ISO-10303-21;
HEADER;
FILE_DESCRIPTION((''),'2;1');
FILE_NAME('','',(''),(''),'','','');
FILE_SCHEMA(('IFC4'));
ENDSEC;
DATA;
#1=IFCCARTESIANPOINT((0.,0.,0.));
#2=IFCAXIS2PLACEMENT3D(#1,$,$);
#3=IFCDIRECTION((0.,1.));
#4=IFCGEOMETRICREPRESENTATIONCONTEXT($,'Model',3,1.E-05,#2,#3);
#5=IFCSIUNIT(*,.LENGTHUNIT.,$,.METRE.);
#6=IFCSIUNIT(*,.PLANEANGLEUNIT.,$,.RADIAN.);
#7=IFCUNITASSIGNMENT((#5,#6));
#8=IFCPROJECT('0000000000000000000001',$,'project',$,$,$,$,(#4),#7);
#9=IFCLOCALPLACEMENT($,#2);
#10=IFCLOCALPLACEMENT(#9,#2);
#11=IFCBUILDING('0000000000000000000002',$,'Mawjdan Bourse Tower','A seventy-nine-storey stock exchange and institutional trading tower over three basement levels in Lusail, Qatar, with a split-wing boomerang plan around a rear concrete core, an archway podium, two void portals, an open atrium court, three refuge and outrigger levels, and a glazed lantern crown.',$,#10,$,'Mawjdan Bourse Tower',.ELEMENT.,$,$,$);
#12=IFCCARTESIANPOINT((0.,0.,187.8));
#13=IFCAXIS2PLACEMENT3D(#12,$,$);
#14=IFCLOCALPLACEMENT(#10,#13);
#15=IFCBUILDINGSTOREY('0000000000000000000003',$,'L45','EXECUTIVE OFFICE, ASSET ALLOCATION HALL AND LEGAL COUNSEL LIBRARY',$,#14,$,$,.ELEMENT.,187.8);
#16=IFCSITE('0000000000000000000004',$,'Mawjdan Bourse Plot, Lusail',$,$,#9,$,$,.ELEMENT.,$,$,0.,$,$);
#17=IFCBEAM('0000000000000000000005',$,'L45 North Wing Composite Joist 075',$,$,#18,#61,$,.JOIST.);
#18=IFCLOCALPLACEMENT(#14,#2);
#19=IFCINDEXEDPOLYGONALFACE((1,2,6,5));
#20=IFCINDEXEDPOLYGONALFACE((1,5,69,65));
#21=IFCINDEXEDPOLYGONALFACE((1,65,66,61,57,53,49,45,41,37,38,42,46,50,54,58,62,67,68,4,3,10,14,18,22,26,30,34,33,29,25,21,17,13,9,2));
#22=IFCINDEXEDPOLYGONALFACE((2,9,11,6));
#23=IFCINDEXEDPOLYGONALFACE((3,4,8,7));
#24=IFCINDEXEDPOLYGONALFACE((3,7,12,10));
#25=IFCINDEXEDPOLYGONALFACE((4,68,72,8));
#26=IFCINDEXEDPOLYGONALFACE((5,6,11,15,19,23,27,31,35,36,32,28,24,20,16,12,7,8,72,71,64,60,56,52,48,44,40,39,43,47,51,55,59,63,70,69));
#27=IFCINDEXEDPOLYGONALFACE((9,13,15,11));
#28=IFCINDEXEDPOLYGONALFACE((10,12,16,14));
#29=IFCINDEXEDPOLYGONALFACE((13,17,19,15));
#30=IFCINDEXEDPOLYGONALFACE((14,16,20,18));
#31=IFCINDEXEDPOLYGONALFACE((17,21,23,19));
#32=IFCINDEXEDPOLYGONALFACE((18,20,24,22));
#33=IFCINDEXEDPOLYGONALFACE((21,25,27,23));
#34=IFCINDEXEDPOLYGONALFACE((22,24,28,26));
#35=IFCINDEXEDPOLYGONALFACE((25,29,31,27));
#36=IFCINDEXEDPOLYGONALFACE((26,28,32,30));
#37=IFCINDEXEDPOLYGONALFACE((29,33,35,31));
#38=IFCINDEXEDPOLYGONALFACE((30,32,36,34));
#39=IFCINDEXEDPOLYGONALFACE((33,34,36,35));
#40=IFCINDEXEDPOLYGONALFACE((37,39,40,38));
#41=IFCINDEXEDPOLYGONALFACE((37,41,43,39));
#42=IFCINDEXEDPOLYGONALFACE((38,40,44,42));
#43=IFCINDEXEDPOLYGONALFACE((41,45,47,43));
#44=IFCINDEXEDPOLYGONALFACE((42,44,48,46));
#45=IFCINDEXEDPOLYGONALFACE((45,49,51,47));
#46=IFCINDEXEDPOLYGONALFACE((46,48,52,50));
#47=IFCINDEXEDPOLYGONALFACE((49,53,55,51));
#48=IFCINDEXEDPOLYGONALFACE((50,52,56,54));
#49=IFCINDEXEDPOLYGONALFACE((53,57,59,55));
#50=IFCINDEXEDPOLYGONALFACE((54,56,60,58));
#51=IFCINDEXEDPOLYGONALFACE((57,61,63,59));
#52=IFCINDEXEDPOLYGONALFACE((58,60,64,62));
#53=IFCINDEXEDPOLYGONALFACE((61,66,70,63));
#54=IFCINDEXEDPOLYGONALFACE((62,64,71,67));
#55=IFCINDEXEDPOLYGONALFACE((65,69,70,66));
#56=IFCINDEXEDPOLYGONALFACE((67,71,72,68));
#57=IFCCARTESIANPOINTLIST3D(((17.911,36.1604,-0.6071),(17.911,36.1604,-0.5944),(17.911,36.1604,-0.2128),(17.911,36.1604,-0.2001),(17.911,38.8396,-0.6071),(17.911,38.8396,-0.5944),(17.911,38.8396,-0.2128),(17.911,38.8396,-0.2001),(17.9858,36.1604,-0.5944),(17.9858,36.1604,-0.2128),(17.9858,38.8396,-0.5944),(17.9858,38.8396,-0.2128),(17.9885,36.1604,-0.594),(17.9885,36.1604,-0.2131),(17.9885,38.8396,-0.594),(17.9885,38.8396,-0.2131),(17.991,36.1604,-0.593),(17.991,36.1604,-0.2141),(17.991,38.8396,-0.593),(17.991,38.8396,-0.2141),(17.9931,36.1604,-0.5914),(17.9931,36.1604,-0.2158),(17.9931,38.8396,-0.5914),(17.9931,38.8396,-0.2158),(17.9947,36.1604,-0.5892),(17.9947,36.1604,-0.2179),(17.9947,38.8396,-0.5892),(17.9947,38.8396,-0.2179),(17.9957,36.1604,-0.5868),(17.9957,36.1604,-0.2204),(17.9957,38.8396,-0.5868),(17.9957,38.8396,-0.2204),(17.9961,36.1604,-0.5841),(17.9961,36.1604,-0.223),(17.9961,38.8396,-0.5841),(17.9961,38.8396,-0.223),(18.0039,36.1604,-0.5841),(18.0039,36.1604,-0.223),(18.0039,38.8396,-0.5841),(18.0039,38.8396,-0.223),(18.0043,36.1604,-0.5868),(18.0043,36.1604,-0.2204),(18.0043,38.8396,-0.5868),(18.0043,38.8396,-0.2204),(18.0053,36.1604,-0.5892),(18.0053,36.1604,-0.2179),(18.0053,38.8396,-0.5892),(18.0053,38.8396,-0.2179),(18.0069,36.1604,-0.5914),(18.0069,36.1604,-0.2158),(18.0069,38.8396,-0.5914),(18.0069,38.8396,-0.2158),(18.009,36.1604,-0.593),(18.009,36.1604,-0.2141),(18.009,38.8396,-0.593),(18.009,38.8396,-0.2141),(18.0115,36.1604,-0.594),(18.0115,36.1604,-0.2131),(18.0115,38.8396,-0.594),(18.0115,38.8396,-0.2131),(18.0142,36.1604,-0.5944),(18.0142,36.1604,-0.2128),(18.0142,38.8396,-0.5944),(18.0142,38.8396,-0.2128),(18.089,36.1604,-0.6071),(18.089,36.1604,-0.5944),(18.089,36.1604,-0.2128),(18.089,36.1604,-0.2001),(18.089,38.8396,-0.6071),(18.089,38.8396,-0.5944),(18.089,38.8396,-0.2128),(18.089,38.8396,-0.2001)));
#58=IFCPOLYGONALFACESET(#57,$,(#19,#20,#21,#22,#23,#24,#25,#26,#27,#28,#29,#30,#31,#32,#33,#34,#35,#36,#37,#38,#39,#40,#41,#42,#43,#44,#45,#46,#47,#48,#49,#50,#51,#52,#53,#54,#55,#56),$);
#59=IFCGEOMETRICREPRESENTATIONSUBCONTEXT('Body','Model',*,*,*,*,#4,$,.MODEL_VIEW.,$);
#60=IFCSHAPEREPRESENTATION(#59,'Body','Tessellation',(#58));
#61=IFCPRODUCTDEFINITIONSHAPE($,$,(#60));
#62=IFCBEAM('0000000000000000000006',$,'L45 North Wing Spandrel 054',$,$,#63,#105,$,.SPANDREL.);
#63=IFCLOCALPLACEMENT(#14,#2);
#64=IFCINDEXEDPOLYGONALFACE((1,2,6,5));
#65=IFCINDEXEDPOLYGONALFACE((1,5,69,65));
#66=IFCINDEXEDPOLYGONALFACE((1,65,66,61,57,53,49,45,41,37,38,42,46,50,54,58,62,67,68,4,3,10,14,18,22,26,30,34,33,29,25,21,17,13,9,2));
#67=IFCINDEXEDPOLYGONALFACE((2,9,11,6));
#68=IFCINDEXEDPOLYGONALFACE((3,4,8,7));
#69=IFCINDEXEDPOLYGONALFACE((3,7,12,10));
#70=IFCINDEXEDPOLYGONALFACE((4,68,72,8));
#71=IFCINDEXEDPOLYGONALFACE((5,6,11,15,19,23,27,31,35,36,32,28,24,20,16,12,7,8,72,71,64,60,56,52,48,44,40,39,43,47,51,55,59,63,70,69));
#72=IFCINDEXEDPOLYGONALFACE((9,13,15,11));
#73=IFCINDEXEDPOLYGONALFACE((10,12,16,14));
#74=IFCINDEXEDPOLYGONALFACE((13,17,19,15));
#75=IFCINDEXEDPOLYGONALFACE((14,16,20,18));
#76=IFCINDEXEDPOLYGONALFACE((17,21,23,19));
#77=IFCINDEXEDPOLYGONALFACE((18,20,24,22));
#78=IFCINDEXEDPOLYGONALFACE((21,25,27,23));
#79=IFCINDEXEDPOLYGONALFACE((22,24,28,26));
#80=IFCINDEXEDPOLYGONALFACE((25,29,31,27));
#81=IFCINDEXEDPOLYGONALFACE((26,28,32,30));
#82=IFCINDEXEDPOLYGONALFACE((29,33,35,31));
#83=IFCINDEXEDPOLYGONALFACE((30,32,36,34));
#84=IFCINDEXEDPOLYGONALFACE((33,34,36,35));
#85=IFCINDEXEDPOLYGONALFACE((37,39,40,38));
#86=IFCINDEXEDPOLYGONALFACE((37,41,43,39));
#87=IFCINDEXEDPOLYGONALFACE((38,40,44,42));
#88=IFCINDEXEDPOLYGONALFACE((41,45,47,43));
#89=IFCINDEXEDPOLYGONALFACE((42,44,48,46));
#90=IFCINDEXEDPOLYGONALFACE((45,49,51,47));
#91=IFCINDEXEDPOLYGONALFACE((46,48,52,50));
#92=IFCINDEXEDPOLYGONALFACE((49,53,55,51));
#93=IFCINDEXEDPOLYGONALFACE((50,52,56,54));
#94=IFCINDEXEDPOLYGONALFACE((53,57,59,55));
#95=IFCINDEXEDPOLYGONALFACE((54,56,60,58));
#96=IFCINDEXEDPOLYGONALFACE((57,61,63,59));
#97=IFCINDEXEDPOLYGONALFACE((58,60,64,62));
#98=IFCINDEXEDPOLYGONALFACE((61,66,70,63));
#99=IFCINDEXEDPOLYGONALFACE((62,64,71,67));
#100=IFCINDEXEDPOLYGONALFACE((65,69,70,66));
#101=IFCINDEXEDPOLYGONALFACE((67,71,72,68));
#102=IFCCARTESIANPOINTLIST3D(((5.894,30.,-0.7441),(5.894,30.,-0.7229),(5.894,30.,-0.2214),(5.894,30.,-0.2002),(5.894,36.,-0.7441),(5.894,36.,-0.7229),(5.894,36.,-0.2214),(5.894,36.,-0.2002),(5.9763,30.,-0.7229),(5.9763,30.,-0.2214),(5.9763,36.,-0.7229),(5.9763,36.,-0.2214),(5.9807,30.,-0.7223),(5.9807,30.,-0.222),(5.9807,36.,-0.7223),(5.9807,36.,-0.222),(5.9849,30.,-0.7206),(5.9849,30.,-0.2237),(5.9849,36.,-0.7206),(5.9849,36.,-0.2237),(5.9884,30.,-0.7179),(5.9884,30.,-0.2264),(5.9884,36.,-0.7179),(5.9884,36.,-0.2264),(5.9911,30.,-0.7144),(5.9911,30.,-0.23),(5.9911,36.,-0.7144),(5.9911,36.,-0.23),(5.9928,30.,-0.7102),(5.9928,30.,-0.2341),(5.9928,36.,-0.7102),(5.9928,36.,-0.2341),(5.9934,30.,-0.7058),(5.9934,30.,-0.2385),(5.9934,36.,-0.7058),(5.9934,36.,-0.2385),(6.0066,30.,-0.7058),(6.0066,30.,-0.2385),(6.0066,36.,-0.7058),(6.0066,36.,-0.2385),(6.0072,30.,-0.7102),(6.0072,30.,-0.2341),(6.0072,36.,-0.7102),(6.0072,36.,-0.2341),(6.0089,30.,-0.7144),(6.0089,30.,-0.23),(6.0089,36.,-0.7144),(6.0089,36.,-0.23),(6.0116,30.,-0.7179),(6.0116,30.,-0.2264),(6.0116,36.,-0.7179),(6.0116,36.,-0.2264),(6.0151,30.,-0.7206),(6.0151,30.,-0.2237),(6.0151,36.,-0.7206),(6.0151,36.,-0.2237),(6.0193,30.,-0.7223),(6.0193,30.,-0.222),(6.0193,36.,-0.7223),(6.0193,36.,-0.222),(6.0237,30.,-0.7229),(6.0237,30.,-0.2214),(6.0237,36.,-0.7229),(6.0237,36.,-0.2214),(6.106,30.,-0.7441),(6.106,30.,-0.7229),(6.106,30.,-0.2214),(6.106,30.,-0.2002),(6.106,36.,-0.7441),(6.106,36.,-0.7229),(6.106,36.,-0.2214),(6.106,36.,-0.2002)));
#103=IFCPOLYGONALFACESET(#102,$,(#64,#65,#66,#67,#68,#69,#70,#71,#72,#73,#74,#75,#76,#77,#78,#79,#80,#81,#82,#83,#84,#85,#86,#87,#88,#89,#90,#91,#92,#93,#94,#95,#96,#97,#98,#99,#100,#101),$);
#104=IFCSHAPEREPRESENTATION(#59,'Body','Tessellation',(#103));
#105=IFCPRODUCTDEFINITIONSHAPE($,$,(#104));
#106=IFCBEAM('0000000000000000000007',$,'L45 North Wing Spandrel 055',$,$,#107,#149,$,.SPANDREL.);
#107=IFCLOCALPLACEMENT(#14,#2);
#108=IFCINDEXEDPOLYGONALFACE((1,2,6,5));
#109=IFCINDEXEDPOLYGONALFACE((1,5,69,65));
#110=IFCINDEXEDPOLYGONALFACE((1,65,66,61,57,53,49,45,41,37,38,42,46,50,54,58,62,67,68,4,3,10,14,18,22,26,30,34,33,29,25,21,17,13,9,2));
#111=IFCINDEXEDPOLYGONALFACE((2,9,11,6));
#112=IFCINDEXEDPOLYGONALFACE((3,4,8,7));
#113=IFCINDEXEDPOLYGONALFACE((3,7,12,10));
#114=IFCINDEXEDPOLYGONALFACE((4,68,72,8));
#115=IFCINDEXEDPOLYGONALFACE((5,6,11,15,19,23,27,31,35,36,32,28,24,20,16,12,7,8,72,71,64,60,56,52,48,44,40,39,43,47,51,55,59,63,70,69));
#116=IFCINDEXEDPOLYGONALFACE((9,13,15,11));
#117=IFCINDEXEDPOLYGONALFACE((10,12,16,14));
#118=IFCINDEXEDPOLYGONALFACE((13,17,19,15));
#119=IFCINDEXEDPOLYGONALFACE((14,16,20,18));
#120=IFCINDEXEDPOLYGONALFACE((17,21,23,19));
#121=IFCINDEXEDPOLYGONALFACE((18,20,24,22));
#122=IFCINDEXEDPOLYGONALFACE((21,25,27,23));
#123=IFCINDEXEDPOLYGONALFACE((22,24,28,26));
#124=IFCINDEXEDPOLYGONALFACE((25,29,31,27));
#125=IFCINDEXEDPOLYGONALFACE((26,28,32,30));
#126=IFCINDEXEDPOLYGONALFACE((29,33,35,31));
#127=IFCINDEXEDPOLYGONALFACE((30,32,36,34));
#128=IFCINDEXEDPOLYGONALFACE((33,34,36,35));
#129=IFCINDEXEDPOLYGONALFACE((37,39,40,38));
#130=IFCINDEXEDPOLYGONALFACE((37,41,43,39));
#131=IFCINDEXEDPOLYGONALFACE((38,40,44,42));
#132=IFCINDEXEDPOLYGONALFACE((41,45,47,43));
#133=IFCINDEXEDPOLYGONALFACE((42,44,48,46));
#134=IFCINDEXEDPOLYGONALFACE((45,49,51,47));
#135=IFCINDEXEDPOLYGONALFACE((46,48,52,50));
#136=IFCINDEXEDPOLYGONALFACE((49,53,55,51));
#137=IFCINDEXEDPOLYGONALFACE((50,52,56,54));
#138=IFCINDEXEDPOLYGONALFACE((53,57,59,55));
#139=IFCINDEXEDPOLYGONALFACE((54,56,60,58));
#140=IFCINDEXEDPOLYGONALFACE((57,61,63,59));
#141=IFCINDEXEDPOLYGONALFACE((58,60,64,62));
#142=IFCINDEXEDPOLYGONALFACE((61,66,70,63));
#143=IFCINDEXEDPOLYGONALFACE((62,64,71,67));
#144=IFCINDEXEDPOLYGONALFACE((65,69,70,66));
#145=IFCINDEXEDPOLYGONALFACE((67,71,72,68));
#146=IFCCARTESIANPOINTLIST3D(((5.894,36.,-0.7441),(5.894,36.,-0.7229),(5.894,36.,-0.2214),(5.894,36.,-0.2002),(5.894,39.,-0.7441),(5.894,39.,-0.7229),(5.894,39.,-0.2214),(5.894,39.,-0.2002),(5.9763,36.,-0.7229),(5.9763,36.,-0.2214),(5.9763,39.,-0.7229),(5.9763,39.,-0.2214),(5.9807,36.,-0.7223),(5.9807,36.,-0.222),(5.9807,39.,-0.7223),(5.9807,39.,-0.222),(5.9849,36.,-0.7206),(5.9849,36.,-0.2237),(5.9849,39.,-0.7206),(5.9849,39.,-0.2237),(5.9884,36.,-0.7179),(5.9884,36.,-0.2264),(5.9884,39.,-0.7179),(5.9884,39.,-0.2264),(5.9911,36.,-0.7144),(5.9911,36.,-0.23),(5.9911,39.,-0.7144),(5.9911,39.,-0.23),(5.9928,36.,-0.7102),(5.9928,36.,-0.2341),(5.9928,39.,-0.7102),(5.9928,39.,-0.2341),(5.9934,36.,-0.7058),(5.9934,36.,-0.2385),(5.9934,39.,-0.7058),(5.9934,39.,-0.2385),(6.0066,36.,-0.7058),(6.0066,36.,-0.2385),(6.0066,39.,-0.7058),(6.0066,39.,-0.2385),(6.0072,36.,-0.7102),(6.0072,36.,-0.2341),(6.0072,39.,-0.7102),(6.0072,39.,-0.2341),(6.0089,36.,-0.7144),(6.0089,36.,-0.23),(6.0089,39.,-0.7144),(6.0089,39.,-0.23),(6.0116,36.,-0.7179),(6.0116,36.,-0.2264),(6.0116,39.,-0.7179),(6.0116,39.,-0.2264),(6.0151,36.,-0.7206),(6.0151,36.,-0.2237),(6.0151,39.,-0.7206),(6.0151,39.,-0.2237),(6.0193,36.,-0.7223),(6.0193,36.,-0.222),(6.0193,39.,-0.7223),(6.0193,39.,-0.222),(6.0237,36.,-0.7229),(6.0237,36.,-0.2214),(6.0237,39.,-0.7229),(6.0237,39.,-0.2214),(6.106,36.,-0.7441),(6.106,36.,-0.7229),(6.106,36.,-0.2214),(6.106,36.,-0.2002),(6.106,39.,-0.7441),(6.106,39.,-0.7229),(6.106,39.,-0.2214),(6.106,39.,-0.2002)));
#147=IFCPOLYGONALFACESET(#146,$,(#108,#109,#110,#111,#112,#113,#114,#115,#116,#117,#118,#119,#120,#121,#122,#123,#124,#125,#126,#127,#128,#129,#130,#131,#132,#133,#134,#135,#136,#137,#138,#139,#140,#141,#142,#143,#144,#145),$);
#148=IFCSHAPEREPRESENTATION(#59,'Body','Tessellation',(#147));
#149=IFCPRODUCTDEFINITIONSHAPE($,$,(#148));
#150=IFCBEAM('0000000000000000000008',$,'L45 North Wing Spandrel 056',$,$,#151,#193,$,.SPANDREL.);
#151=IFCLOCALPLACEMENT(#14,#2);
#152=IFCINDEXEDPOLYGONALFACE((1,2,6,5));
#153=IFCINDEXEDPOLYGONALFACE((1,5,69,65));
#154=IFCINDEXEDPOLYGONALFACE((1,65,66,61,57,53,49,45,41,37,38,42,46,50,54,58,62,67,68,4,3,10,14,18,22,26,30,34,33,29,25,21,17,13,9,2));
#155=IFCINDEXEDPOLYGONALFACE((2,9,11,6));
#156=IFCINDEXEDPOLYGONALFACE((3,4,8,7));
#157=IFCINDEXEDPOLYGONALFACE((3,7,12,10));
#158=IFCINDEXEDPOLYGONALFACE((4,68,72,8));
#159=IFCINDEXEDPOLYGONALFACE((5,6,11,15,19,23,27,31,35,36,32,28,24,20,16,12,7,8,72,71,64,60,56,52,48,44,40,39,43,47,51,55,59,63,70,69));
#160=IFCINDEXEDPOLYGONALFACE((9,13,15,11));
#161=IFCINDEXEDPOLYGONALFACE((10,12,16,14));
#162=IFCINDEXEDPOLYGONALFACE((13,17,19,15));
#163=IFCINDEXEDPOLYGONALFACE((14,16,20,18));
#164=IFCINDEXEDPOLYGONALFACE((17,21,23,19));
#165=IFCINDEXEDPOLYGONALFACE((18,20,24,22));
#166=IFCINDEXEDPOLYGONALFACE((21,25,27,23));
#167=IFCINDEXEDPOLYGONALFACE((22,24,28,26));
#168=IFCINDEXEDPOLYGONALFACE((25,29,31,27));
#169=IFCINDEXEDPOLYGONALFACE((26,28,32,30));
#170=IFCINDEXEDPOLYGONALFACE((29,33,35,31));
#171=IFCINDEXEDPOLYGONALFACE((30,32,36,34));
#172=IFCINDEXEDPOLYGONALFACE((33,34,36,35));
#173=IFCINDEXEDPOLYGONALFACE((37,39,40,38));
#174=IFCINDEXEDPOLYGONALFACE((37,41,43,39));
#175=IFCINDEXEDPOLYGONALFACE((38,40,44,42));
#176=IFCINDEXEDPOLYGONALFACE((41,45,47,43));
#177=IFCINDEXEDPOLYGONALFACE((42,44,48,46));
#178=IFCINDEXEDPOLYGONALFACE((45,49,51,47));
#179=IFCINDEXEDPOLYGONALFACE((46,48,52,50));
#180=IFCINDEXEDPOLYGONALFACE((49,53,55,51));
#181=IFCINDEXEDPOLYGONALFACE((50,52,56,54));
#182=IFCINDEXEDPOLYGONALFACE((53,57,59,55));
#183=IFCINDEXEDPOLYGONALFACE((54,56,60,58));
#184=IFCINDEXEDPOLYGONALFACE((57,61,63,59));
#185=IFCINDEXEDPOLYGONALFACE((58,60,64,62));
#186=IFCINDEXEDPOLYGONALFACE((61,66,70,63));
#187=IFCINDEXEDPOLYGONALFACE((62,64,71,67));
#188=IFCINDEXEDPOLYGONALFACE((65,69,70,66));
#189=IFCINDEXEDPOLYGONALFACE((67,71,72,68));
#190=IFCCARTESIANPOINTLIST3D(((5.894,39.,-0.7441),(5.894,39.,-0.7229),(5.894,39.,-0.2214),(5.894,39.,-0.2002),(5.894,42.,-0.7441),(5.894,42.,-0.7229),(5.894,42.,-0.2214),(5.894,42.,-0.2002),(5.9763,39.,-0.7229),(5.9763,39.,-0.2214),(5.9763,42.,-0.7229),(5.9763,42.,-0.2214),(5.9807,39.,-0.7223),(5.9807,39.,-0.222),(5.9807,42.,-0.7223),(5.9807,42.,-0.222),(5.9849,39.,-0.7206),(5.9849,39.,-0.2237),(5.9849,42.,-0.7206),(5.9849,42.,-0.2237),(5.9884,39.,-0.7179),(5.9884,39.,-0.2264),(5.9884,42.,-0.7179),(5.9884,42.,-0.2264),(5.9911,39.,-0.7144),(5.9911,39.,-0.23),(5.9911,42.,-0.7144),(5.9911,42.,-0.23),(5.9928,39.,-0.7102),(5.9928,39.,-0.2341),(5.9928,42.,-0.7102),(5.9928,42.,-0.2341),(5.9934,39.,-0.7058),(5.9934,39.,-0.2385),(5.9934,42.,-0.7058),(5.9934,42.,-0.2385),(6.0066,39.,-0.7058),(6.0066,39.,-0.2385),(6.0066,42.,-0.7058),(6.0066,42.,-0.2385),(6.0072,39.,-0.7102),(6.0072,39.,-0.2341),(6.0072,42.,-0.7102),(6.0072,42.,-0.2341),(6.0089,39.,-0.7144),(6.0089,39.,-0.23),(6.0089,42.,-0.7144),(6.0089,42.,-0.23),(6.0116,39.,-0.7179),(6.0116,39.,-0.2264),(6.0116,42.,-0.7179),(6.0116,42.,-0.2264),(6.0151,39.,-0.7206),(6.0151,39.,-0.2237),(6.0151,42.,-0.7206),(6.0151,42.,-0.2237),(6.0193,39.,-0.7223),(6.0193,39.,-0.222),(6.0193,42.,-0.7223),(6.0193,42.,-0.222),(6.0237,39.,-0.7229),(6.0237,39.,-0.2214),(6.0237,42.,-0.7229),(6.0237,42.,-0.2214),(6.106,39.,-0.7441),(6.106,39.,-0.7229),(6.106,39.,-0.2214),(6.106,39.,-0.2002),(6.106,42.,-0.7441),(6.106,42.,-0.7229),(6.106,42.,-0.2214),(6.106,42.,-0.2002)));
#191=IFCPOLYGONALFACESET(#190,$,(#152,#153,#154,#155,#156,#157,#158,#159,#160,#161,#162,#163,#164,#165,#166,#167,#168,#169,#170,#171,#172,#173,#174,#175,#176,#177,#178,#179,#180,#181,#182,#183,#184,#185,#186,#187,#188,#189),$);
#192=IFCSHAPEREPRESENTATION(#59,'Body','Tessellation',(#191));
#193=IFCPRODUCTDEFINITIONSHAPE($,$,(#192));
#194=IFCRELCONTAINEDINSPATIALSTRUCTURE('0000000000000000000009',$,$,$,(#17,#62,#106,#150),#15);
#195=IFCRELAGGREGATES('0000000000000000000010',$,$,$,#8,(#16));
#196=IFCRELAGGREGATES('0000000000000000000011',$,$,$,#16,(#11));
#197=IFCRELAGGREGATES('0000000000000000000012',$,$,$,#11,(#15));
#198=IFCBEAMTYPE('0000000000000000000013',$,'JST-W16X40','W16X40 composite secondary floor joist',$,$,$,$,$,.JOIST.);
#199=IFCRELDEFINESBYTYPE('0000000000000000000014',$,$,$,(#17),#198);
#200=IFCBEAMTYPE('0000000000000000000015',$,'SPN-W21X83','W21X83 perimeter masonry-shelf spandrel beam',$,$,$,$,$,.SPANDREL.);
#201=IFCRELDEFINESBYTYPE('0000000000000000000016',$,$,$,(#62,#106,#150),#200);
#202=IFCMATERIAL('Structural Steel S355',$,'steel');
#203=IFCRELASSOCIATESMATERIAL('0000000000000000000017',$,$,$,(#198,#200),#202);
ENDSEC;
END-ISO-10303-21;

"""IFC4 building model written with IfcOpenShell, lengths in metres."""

from ifc_helpers import new_model, si_unit, direction, frame, origin, origin_2d, place, context, subcontext, project, spatial, i_section, extrude, material, material_profile, profile_set, type_object, element, save


model = new_model("IFC4")

# Units and contexts
model_context = context("Model", 3, precision=1e-05, world=origin(), true_north=direction((0.0, 1.0)))
body_context = subcontext(model_context, "Body", "Model", "MODEL_VIEW")
ifc_project = project(units=[si_unit("LENGTHUNIT", "METRE"), si_unit("PLANEANGLEUNIT", "RADIAN")], contexts=[model_context])

# Site, building, storey
site_placement = place(None, origin())
site = spatial("IfcSite", under=ifc_project, at=site_placement, Name="Mawjdan Bourse Plot, Lusail", CompositionType="ELEMENT", RefElevation=0.0)
building_placement = place(site_placement, origin())
building = spatial("IfcBuilding", under=site, at=building_placement, Name="Mawjdan Bourse Tower", Description="A seventy-nine-storey stock exchange and institutional trading tower over three basement levels in Lusail, Qatar, with a split-wing boomerang plan around a rear concrete core, an archway podium, two void portals, an open atrium court, three refuge and outrigger levels, and a glazed lantern crown.", LongName="Mawjdan Bourse Tower", CompositionType="ELEMENT")
storey_placement = place(building_placement, frame((0.0, 0.0, 187.8)))
storey = spatial("IfcBuildingStorey", under=building, at=storey_placement, Name="L45", Description="EXECUTIVE OFFICE, ASSET ALLOCATION HALL AND LEGAL COUNSEL LIBRARY", CompositionType="ELEMENT", Elevation=187.8)

# Beams
ifc_material_1 = material(Name="Structural Steel S355", Category="steel")
ifc_material_profile_1 = material_profile(ifc_material_1, i_section(OverallWidth=0.178, OverallDepth=0.407, WebThickness=0.0078, FlangeThickness=0.0127, FilletRadius=0.0103, at=origin_2d()), Name="W16X40")
ifc_profile_set_1 = profile_set([ifc_material_profile_1], Name="Structural Steel S355")
beam_type_1 = type_object("IfcBeamType", Name="JST-W16X40", Description="W16X40 composite secondary floor joist", PredefinedType="JOIST", material=ifc_profile_set_1)
beam_1_placement = place(storey_placement, frame((18.0, 36.1604, -0.4036), z_axis=(0.0, 1.0, 0.0), x_axis=(-1.0, 0.0, 0.0)))
element("IfcBeam", 1, at=beam_1_placement, inside=storey, type_object=beam_type_1, Name="L45 North Wing Composite Joist 075", PredefinedType="JOIST", context=body_context, shape_type="SweptSolid", body=[
    extrude(i_section(OverallWidth=0.178, OverallDepth=0.407, WebThickness=0.0078, FlangeThickness=0.0127, FilletRadius=0.0103, at=origin_2d()), origin(), (0.0, 0.0, 1.0), 2.6792),
])
ifc_material_profile_2 = material_profile(ifc_material_1, i_section(OverallWidth=0.2119, OverallDepth=0.5439, WebThickness=0.0132, FlangeThickness=0.0212, FilletRadius=0.0171, at=origin_2d()), Name="W21X83")
ifc_profile_set_2 = profile_set([ifc_material_profile_2], Name="Structural Steel S355")
beam_type_2 = type_object("IfcBeamType", Name="SPN-W21X83", Description="W21X83 perimeter masonry-shelf spandrel beam", PredefinedType="SPANDREL", material=ifc_profile_set_2)
beam_2_placement = place(storey_placement, frame((6.0, 30.0, -0.4722), z_axis=(0.0, 1.0, 0.0), x_axis=(-1.0, 0.0, 0.0)))
element("IfcBeam", 2, at=beam_2_placement, inside=storey, type_object=beam_type_2, Name="L45 North Wing Spandrel 054", PredefinedType="SPANDREL", context=body_context, shape_type="SweptSolid", body=[
    extrude(i_section(OverallWidth=0.2119, OverallDepth=0.5439, WebThickness=0.0132, FlangeThickness=0.0212, FilletRadius=0.0171, at=origin_2d()), origin(), (0.0, 0.0, 1.0), 6.0),
])
for number, where, z_axis, x_axis, name in (
    (3, (6.0, 36.0, -0.4722), (0.0, 1.0, 0.0), (-1.0, 0.0, 0.0), "L45 North Wing Spandrel 055"),
    (4, (6.0, 39.0, -0.4722), (0.0, 1.0, 0.0), (-1.0, 0.0, 0.0), "L45 North Wing Spandrel 056"),
):
    element("IfcBeam", number, at=place(storey_placement, frame(where, z_axis=z_axis, x_axis=x_axis)), inside=storey, type_object=beam_type_2, Name=name, PredefinedType="SPANDREL", context=body_context, shape_type="SweptSolid", body=[
        extrude(i_section(OverallWidth=0.2119, OverallDepth=0.5439, WebThickness=0.0132, FlangeThickness=0.0212, FilletRadius=0.0171, at=origin_2d()), origin(), (0.0, 0.0, 1.0), 3.0),
    ])

save(model, "model.ifc")
